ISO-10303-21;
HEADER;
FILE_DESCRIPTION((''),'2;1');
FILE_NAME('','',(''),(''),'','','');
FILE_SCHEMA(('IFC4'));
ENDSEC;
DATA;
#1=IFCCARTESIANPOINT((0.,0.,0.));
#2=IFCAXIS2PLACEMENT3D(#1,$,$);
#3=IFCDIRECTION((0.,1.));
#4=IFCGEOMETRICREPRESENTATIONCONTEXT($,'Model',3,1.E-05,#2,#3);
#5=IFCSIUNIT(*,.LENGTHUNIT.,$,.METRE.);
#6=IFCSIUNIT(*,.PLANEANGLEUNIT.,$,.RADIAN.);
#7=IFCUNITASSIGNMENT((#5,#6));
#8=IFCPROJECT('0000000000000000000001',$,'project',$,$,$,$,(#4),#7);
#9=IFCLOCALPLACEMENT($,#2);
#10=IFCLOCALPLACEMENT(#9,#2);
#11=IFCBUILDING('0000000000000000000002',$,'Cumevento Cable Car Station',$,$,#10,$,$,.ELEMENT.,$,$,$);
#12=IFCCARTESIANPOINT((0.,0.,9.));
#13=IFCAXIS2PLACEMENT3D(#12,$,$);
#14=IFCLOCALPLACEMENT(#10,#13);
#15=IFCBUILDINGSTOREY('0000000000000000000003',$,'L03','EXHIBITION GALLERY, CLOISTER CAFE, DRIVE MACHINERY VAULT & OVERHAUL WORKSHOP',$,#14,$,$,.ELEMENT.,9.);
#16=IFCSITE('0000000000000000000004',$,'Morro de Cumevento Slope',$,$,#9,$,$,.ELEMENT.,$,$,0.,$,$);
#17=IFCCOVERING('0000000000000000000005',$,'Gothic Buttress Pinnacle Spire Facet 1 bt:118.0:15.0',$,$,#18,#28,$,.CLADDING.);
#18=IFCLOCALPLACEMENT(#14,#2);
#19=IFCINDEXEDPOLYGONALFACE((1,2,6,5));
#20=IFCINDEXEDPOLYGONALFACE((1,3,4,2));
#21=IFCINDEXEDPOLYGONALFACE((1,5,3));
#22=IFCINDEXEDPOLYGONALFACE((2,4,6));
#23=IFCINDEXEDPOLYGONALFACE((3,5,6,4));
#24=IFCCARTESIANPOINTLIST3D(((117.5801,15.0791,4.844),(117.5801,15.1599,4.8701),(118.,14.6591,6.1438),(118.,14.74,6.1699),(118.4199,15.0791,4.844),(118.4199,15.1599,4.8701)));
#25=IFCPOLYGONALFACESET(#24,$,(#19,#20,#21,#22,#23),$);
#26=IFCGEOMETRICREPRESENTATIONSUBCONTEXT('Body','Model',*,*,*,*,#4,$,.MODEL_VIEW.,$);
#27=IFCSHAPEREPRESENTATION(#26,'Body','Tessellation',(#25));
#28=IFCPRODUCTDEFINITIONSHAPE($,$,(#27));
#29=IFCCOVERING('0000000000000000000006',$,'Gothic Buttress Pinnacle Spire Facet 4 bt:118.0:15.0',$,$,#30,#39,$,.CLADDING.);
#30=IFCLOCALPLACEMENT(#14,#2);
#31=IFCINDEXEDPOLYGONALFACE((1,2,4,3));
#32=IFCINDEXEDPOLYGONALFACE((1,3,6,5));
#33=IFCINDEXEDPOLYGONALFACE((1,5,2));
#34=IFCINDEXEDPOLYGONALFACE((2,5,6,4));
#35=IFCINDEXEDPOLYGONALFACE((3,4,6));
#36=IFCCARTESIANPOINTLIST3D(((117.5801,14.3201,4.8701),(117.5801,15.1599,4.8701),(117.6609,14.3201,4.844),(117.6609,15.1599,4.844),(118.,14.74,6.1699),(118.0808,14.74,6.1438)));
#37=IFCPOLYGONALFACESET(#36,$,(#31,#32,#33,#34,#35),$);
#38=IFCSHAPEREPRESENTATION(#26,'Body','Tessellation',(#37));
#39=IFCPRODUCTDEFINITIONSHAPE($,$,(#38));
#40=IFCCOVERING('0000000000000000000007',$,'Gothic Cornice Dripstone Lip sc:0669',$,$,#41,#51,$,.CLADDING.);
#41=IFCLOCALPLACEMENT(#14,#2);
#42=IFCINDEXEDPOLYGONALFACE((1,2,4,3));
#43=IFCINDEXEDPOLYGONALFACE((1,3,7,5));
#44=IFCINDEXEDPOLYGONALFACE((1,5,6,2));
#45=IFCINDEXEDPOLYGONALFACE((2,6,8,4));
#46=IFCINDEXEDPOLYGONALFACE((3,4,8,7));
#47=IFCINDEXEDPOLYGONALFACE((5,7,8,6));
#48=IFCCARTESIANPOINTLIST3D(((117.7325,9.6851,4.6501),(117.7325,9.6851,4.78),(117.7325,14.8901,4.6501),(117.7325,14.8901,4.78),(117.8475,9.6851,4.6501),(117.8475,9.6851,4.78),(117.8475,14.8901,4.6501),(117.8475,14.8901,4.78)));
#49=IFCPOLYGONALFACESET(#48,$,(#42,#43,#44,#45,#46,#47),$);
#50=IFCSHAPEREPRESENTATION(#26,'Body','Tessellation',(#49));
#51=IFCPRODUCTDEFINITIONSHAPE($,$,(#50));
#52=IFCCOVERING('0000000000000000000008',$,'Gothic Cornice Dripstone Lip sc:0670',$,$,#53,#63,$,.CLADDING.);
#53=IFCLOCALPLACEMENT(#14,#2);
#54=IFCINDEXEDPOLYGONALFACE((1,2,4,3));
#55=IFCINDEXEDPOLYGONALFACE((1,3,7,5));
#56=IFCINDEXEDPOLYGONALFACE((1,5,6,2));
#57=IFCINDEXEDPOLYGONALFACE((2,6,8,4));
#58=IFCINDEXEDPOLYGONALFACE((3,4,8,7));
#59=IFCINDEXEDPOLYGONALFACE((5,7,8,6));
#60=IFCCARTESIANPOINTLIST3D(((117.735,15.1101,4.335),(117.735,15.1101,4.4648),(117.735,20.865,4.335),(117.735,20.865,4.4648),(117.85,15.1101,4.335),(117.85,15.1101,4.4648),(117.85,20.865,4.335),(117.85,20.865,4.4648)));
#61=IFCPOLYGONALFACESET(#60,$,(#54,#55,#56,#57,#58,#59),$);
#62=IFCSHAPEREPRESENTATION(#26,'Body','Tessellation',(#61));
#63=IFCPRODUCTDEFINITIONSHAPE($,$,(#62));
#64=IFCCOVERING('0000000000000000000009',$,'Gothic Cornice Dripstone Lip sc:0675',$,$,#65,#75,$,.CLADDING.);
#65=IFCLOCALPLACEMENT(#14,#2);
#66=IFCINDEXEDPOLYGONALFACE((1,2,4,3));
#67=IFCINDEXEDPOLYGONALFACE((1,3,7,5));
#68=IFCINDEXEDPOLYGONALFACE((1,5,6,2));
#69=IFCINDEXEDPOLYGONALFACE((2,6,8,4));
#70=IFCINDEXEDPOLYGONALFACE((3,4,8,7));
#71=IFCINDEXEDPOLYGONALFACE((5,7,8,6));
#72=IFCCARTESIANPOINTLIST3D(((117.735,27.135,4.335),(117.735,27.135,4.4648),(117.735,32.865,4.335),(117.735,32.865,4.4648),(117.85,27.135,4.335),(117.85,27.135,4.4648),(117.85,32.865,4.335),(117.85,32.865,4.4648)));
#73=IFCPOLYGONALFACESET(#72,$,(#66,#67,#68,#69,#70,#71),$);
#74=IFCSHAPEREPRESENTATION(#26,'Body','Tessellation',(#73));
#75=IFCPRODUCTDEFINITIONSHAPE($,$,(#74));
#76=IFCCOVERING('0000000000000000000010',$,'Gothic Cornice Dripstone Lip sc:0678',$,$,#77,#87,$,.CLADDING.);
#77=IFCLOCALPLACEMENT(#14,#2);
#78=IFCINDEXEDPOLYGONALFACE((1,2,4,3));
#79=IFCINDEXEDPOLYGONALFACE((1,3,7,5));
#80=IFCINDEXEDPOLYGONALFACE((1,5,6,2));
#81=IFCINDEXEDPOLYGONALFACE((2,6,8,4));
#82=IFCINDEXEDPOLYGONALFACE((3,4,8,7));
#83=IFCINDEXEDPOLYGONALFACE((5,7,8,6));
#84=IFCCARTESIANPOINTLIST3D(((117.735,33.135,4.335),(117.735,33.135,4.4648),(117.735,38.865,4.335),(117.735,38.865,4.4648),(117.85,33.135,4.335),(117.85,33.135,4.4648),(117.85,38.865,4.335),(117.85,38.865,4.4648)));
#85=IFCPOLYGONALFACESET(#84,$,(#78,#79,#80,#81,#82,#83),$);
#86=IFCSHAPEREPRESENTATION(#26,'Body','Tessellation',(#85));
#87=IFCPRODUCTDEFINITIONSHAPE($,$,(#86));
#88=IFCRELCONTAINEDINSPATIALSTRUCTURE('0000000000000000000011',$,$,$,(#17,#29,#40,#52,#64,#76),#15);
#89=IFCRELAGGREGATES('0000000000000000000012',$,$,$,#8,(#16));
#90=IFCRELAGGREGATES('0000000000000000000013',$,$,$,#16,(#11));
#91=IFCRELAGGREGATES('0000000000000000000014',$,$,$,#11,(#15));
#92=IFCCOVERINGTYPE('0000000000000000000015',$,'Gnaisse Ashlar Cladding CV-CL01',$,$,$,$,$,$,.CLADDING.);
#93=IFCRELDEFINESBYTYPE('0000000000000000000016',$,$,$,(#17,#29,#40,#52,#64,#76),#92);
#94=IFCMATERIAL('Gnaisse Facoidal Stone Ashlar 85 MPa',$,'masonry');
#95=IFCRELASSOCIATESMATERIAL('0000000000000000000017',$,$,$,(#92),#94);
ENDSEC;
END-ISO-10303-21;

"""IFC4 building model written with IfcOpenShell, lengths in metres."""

from ifc_helpers import new_model, si_unit, direction, frame, origin, origin_2d, place, context, subcontext, project, spatial, polyline, rectangle, outline, extrude, material, type_object, element, save


model = new_model("IFC4")

# Units and contexts
model_context = context("Model", 3, precision=1e-05, world=origin(), true_north=direction((0.0, 1.0)))
body_context = subcontext(model_context, "Body", "Model", "MODEL_VIEW")
ifc_project = project(units=[si_unit("LENGTHUNIT", "METRE"), si_unit("PLANEANGLEUNIT", "RADIAN")], contexts=[model_context])

# Site, building, storey
site_placement = place(None, origin())
site = spatial("IfcSite", under=ifc_project, at=site_placement, Name="Morro de Cumevento Slope", CompositionType="ELEMENT", RefElevation=0.0)
building_placement = place(site_placement, origin())
building = spatial("IfcBuilding", under=site, at=building_placement, Name="Cumevento Cable Car Station", CompositionType="ELEMENT")
storey_placement = place(building_placement, frame((0.0, 0.0, 9.0)))
storey = spatial("IfcBuildingStorey", under=building, at=storey_placement, Name="L03", Description="EXHIBITION GALLERY, CLOISTER CAFE, DRIVE MACHINERY VAULT & OVERHAUL WORKSHOP", CompositionType="ELEMENT", Elevation=9.0)

# Coverings
ifc_material_1 = material(Name="Gnaisse Facoidal Stone Ashlar 85 MPa", Category="masonry")
covering_type = type_object("IfcCoveringType", Name="Gnaisse Ashlar Cladding CV-CL01", PredefinedType="CLADDING", material=ifc_material_1)
for number, where, z_axis, x_axis, name in (
    (1, (117.5801, 15.1599, 4.8701), (0.0, 0.951574, 0.307421), (1.0, 0.0, 0.0), "Gothic Buttress Pinnacle Spire Facet 1 bt:118.0:15.0"),
    (2, (117.5801, 14.3201, 4.8701), (-0.951574, 0.0, 0.307421), (0.0, 1.0, 0.0), "Gothic Buttress Pinnacle Spire Facet 4 bt:118.0:15.0"),
):
    element("IfcCovering", number, at=place(storey_placement, frame(where, z_axis=z_axis, x_axis=x_axis)), inside=storey, type_object=covering_type, Name=name, PredefinedType="CLADDING", context=body_context, shape_type="SweptSolid", body=[
        extrude(outline(polyline([(0.0, 0.0), (0.8398, 0.0), (0.4199, -1.366), (0.0, 0.0)])), origin(), (0.0, 0.0, -1.0), 0.085),
    ])
covering_1_placement = place(storey_placement, frame((117.79, 12.2876, 4.6501), z_axis=(0.0, 0.0, 1.0), x_axis=(0.0, 1.0, 0.0)))
element("IfcCovering", 3, at=covering_1_placement, inside=storey, type_object=covering_type, Name="Gothic Cornice Dripstone Lip sc:0669", PredefinedType="CLADDING", context=body_context, shape_type="SweptSolid", body=[
    extrude(rectangle(XDim=5.2051, YDim=0.115, at=origin_2d()), origin(), (0.0, 0.0, 1.0), 0.1299),
])
covering_2_placement = place(storey_placement, frame((117.7925, 17.9875, 4.335), z_axis=(0.0, 0.0, 1.0), x_axis=(0.0, 1.0, 0.0)))
element("IfcCovering", 4, at=covering_2_placement, inside=storey, type_object=covering_type, Name="Gothic Cornice Dripstone Lip sc:0670", PredefinedType="CLADDING", context=body_context, shape_type="SweptSolid", body=[
    extrude(rectangle(XDim=5.7549, YDim=0.115, at=origin_2d()), origin(), (0.0, 0.0, 1.0), 0.1299),
])
for number, where, z_axis, x_axis, name in (
    (5, (117.7925, 30.0, 4.335), (0.0, 0.0, 1.0), (0.0, 1.0, 0.0), "Gothic Cornice Dripstone Lip sc:0675"),
    (6, (117.7925, 36.0, 4.335), (0.0, 0.0, 1.0), (0.0, 1.0, 0.0), "Gothic Cornice Dripstone Lip sc:0678"),
):
    element("IfcCovering", number, at=place(storey_placement, frame(where, z_axis=z_axis, x_axis=x_axis)), inside=storey, type_object=covering_type, Name=name, PredefinedType="CLADDING", context=body_context, shape_type="SweptSolid", body=[
        extrude(rectangle(XDim=5.73, YDim=0.115, at=origin_2d()), origin(), (0.0, 0.0, 1.0), 0.1299),
    ])

save(model, "model.ifc")
